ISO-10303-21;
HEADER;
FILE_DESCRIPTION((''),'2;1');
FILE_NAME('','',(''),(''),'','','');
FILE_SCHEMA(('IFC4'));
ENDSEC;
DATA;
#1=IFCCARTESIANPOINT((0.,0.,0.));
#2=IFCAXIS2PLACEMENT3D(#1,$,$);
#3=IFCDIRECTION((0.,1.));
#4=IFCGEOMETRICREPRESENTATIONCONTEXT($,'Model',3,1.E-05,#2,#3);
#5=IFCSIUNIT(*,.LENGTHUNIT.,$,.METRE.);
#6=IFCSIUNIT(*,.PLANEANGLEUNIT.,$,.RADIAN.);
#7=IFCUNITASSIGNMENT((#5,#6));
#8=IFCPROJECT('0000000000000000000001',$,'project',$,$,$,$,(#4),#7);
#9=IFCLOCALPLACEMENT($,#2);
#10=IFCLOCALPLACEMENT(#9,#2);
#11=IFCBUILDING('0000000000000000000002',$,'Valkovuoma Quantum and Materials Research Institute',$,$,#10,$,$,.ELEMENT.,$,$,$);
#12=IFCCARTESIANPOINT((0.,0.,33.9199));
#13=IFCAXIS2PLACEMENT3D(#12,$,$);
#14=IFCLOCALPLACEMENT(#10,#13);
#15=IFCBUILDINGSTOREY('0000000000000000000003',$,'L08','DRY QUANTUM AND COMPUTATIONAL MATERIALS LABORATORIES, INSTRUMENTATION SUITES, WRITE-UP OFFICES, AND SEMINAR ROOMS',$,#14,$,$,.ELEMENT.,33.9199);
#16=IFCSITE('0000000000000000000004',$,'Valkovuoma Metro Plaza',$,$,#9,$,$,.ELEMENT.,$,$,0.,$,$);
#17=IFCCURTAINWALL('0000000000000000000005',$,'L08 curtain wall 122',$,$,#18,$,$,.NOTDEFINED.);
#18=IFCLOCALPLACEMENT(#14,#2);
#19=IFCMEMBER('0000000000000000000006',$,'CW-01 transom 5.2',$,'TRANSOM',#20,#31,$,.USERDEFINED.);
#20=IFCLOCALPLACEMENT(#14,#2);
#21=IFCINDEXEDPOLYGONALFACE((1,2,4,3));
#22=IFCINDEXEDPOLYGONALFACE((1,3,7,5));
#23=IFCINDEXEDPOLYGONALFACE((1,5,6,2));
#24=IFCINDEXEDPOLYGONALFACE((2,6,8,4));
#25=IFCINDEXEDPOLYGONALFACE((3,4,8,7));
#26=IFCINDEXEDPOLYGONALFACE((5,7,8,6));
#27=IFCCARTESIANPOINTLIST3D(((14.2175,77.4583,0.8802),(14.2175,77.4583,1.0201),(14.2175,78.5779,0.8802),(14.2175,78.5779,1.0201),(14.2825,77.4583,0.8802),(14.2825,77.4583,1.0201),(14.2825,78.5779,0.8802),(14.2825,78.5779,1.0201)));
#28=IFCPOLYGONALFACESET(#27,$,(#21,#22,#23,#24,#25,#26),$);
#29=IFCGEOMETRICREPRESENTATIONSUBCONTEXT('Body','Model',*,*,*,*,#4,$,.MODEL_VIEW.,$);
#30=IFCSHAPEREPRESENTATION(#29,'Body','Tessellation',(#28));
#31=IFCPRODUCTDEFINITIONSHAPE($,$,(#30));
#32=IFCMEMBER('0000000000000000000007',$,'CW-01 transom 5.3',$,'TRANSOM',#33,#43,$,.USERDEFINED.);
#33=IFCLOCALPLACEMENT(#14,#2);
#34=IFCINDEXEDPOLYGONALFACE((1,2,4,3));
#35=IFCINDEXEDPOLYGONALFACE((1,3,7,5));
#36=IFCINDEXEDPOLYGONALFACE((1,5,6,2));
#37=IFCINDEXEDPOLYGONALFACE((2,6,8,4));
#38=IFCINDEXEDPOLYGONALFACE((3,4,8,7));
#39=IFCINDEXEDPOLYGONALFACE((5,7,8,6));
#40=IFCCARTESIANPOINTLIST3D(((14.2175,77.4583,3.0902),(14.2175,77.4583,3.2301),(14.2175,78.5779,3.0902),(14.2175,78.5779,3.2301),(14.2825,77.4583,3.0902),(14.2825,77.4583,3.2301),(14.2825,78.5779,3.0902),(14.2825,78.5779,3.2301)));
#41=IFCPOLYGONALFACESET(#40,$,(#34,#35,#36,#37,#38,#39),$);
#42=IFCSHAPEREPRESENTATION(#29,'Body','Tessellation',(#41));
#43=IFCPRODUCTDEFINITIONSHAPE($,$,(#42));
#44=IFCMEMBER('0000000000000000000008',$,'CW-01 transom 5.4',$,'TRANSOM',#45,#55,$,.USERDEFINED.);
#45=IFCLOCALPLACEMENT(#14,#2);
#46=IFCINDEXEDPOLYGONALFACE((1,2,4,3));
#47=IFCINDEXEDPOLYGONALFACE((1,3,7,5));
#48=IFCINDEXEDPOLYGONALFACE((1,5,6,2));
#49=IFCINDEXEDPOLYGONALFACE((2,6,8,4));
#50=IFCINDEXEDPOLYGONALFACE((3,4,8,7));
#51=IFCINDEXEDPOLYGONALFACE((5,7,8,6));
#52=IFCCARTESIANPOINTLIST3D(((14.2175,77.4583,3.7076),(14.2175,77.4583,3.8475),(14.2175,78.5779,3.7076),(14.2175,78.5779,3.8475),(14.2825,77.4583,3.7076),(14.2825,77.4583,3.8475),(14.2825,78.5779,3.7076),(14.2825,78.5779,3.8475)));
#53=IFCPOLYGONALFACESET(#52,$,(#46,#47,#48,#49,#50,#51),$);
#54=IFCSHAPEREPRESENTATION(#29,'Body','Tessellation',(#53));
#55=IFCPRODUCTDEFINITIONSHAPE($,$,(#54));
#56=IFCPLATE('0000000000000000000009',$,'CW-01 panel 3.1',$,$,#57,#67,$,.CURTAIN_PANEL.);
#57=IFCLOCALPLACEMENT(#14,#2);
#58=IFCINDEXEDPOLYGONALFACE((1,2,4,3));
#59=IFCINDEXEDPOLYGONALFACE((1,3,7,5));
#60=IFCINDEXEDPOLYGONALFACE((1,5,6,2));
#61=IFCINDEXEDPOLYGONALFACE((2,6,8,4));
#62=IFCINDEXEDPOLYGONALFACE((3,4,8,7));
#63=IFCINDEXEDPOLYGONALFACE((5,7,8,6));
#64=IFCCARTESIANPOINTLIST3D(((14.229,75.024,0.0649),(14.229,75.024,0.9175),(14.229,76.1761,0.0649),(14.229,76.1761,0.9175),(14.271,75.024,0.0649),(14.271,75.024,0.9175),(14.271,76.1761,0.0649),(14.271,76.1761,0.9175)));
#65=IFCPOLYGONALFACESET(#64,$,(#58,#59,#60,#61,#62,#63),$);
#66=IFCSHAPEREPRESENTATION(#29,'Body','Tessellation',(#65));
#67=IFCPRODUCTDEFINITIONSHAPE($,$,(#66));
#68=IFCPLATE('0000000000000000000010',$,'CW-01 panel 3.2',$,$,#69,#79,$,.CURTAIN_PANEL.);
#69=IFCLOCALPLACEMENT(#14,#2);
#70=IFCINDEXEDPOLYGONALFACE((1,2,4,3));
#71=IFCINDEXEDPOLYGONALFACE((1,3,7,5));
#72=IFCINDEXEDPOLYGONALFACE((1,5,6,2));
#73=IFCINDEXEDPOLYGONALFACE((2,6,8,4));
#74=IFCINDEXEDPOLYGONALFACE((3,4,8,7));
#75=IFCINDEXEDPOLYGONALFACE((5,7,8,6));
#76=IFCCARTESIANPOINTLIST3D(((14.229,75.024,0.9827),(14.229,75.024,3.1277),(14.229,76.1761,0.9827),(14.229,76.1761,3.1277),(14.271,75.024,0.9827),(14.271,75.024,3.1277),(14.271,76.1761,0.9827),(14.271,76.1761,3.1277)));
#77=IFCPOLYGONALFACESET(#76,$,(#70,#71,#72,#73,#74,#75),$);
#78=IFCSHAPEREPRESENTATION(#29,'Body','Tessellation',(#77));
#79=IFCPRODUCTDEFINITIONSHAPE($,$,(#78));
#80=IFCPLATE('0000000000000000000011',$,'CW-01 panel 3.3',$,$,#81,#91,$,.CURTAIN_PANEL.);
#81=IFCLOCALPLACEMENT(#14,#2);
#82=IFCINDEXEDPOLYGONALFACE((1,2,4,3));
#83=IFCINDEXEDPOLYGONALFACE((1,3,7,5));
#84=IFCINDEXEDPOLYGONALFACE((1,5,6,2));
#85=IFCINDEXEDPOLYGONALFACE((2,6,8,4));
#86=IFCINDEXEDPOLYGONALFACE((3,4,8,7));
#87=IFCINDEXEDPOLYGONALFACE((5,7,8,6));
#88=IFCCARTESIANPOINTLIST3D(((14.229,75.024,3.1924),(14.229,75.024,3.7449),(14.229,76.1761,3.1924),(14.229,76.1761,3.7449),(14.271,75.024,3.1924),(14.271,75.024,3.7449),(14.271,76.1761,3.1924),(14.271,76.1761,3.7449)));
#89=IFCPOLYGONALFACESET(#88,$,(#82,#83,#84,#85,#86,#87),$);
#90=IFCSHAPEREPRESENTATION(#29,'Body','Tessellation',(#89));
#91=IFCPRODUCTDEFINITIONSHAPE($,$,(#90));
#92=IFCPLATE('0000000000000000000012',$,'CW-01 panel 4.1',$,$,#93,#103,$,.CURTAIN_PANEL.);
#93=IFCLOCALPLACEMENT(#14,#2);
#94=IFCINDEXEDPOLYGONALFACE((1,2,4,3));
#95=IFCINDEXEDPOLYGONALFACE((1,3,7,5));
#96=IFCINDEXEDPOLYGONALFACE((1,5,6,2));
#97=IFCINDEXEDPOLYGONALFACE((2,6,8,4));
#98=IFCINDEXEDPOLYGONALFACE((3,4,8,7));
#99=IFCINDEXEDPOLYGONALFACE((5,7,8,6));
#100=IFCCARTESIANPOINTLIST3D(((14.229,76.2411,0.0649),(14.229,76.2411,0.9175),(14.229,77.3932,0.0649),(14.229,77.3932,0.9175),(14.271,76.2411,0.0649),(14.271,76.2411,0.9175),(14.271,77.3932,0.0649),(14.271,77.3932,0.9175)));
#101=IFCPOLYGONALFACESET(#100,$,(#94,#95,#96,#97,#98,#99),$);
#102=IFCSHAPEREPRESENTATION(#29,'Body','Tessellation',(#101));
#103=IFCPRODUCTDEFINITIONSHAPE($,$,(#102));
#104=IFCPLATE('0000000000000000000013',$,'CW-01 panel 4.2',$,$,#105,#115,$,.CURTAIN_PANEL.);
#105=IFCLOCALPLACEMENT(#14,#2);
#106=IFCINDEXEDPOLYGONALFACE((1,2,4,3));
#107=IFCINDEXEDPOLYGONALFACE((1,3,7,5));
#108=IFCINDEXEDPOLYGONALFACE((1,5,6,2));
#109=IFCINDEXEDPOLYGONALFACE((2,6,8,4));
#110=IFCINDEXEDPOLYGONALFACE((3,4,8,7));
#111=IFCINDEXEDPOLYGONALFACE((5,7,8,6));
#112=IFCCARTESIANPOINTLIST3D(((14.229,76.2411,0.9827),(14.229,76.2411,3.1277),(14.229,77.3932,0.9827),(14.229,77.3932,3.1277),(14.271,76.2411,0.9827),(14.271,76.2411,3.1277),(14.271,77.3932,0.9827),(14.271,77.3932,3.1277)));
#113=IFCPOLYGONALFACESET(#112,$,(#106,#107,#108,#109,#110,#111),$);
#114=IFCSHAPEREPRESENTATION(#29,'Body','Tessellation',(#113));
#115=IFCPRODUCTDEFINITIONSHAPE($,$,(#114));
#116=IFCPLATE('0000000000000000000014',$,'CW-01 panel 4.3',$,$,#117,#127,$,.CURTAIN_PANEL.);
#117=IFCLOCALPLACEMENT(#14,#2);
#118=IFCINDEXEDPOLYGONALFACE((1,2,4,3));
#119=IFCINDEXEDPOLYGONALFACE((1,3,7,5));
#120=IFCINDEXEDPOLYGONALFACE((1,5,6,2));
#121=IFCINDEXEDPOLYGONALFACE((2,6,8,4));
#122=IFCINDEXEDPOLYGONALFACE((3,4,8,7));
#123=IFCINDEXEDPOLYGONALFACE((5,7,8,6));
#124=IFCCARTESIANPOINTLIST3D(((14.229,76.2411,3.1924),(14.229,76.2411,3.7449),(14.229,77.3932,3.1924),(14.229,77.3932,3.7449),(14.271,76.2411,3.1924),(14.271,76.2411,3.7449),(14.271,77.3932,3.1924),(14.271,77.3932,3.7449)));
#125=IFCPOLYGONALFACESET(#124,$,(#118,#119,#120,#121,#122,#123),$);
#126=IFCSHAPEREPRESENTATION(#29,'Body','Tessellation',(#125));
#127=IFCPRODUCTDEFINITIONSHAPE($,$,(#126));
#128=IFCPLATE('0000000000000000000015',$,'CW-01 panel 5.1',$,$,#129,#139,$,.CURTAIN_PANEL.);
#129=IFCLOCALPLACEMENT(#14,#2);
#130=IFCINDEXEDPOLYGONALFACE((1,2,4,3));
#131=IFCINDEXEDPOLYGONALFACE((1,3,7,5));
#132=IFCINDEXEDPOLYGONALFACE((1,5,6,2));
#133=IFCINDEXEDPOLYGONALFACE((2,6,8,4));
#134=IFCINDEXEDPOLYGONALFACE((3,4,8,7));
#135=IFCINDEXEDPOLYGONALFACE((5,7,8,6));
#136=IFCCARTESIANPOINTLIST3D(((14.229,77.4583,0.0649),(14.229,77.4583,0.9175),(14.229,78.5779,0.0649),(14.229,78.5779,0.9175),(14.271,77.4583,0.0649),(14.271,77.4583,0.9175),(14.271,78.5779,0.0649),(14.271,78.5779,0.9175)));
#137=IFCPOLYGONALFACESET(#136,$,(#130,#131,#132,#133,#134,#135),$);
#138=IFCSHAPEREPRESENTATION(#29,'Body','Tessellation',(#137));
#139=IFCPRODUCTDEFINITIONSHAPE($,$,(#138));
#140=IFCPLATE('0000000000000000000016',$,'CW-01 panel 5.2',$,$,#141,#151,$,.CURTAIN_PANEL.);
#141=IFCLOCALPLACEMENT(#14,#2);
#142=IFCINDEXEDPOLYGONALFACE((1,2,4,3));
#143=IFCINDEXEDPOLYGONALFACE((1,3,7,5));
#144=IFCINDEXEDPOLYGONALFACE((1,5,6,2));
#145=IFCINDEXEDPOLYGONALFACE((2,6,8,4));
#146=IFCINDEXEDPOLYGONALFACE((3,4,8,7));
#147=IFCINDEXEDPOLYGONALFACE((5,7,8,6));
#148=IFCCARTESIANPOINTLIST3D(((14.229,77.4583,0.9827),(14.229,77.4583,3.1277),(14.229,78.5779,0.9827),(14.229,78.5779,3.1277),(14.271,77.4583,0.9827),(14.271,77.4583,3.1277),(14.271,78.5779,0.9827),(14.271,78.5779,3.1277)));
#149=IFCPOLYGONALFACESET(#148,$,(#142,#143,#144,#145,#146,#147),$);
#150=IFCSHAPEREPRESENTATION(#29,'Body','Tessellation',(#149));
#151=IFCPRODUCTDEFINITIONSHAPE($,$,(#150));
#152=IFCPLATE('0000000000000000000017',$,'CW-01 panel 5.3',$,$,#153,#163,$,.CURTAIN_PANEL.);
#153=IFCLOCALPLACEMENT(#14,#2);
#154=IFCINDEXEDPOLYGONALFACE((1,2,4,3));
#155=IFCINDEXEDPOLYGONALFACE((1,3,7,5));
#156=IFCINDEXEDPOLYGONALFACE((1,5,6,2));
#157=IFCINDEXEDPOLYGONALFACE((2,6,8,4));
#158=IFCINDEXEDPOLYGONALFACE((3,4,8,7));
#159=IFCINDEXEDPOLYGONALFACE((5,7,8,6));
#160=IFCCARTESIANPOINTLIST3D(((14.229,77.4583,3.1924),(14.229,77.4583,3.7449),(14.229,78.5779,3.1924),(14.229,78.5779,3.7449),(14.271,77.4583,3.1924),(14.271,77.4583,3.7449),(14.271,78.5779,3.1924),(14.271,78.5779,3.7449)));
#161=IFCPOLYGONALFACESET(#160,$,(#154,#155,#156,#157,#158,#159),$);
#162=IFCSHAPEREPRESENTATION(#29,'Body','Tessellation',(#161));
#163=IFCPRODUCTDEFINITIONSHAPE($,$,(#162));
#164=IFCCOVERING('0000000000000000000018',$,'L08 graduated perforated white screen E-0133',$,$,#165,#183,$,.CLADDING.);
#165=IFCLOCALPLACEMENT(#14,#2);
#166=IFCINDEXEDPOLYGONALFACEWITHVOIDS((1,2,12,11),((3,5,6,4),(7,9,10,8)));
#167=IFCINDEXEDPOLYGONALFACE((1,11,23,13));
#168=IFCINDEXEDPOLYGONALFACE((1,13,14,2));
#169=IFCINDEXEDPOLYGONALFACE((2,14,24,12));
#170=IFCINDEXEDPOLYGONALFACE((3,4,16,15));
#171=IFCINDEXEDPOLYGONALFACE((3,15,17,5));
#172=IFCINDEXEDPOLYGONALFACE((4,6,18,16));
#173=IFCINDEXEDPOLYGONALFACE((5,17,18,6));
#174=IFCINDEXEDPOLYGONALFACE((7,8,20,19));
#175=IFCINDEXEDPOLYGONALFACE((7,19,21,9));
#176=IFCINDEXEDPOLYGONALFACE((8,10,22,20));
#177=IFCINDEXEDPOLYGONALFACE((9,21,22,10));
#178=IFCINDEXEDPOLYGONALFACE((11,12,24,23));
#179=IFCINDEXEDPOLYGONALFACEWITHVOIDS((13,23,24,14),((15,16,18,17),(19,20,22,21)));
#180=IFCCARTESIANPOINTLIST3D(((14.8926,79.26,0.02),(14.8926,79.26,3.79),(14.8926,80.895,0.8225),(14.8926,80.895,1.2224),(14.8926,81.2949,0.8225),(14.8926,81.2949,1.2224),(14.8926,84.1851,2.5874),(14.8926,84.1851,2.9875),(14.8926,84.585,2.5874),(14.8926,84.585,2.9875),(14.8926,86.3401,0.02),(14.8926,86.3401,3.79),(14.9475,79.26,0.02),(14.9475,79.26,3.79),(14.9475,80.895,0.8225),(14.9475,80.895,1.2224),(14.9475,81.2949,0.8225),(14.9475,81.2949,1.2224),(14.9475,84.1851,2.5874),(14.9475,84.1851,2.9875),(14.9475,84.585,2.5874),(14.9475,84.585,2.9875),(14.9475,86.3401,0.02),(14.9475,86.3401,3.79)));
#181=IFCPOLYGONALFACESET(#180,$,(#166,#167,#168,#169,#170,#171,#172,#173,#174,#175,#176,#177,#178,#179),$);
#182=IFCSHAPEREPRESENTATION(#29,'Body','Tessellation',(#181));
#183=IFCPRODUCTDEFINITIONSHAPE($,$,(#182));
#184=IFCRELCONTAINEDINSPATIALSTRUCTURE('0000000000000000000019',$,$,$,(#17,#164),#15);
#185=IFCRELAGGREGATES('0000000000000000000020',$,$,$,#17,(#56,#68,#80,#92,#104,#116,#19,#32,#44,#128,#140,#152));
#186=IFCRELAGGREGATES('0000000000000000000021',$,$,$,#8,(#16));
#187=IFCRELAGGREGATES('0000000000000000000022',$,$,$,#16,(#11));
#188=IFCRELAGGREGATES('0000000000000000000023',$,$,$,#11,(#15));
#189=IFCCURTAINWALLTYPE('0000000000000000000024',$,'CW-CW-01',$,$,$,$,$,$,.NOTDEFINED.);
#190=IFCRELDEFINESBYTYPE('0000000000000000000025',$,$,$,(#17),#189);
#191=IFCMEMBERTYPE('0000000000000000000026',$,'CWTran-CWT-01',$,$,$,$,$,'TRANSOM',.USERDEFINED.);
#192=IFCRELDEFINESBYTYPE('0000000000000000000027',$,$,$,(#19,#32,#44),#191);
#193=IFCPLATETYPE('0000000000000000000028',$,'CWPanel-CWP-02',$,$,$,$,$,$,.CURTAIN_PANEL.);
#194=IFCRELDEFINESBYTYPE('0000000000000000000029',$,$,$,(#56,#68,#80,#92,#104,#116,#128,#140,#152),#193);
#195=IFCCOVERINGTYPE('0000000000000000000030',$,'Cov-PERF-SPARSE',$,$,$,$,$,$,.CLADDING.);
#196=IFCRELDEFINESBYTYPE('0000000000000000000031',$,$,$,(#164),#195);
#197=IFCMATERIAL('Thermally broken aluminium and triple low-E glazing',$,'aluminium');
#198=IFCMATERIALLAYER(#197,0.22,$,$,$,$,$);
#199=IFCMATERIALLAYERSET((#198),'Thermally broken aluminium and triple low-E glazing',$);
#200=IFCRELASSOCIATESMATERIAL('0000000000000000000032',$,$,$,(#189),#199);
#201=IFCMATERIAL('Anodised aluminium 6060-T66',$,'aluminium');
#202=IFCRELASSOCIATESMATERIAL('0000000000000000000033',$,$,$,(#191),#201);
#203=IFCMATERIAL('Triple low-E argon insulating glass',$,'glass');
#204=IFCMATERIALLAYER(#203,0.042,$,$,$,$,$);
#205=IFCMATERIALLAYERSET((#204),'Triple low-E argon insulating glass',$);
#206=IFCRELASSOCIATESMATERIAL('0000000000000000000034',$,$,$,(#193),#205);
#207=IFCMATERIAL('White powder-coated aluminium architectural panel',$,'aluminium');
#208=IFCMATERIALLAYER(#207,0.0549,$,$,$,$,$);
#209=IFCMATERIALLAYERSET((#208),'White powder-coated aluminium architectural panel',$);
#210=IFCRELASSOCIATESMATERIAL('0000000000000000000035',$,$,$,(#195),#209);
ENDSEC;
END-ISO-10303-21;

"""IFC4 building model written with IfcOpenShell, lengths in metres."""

from ifc_helpers import new_model, si_unit, direction, frame, origin, origin_2d, place, context, subcontext, project, spatial, polyline, rectangle, outline, extrude, material, layer, layer_set, material_profile, profile_set, type_object, element, aggregate, save


model = new_model("IFC4")

# Units and contexts
model_context = context("Model", 3, precision=1e-05, world=origin(), true_north=direction((0.0, 1.0)))
body_context = subcontext(model_context, "Body", "Model", "MODEL_VIEW")
ifc_project = project(units=[si_unit("LENGTHUNIT", "METRE"), si_unit("PLANEANGLEUNIT", "RADIAN")], contexts=[model_context])

# Site, building, storey
site_placement = place(None, origin())
site = spatial("IfcSite", under=ifc_project, at=site_placement, Name="Valkovuoma Metro Plaza", CompositionType="ELEMENT", RefElevation=0.0)
building_placement = place(site_placement, origin())
building = spatial("IfcBuilding", under=site, at=building_placement, Name="Valkovuoma Quantum and Materials Research Institute", CompositionType="ELEMENT")
storey_placement = place(building_placement, frame((0.0, 0.0, 33.9199)))
storey = spatial("IfcBuildingStorey", under=building, at=storey_placement, Name="L08", Description="DRY QUANTUM AND COMPUTATIONAL MATERIALS LABORATORIES, INSTRUMENTATION SUITES, WRITE-UP OFFICES, AND SEMINAR ROOMS", CompositionType="ELEMENT", Elevation=33.9199)

# Curtain wall
ifc_material_1 = material(Name="Thermally broken aluminium and triple low-E glazing", Category="aluminium")
ifc_layer_1 = layer(ifc_material_1, 0.22)
ifc_layer_set_1 = layer_set([ifc_layer_1], Name="Thermally broken aluminium and triple low-E glazing")
curtain_wall_type = type_object("IfcCurtainWallType", Name="CW-CW-01", PredefinedType="NOTDEFINED", material=ifc_layer_set_1)
curtain_wall_1_placement = place(storey_placement, origin())
curtain_wall_1 = element("IfcCurtainWall", 1, at=curtain_wall_1_placement, inside=storey, type_object=curtain_wall_type, Name="L08 curtain wall 122", PredefinedType="NOTDEFINED")

# Members
ifc_material_2 = material(Name="Anodised aluminium 6060-T66", Category="aluminium")
ifc_material_profile_1 = material_profile(ifc_material_2, rectangle(XDim=0.0649, YDim=0.1399, at=origin_2d()), Name="Anodised aluminium 6060-T66")
ifc_profile_set_1 = profile_set([ifc_material_profile_1], Name="Anodised aluminium 6060-T66")
member_type_1 = type_object("IfcMemberType", Name="CWTran-CWT-01", ElementType="TRANSOM", PredefinedType="USERDEFINED", material=ifc_profile_set_1)
member_1_placement = place(storey_placement, frame((14.25, 77.4583, 0.9502), z_axis=(0.0, 1.0, 0.0), x_axis=(-1.0, 0.0, 0.0)))
member_1 = element("IfcMember", 2, at=member_1_placement, type_object=member_type_1, Name="CW-01 transom 5.2", ObjectType="TRANSOM", PredefinedType="USERDEFINED", context=body_context, shape_type="SweptSolid", body=[
    extrude(rectangle(XDim=0.0649, YDim=0.1399, at=origin_2d()), origin(), (0.0, 0.0, 1.0), 1.1196),
])
member_2_placement = place(storey_placement, frame((14.25, 77.4583, 3.1602), z_axis=(0.0, 1.0, 0.0), x_axis=(-1.0, 0.0, 0.0)))
member_2 = element("IfcMember", 3, at=member_2_placement, type_object=member_type_1, Name="CW-01 transom 5.3", ObjectType="TRANSOM", PredefinedType="USERDEFINED", context=body_context, shape_type="SweptSolid", body=[
    extrude(rectangle(XDim=0.0649, YDim=0.1399, at=origin_2d()), origin(), (0.0, 0.0, 1.0), 1.1196),
])
member_3_placement = place(storey_placement, frame((14.25, 77.4583, 3.7776), z_axis=(0.0, 1.0, 0.0), x_axis=(-1.0, 0.0, 0.0)))
member_3 = element("IfcMember", 4, at=member_3_placement, type_object=member_type_1, Name="CW-01 transom 5.4", ObjectType="TRANSOM", PredefinedType="USERDEFINED", context=body_context, shape_type="SweptSolid", body=[
    extrude(rectangle(XDim=0.0649, YDim=0.1399, at=origin_2d()), origin(), (0.0, 0.0, 1.0), 1.1196),
])

# Plates
ifc_material_3 = material(Name="Triple low-E argon insulating glass", Category="glass")
ifc_layer_2 = layer(ifc_material_3, 0.042)
ifc_layer_set_2 = layer_set([ifc_layer_2], Name="Triple low-E argon insulating glass")
plate_type = type_object("IfcPlateType", Name="CWPanel-CWP-02", PredefinedType="CURTAIN_PANEL", material=ifc_layer_set_2)
plate_1_placement = place(storey_placement, frame((14.25, 75.6001, 0.0649), z_axis=(0.0, 0.0, 1.0), x_axis=(0.0, 1.0, 0.0)))
plate_1 = element("IfcPlate", 5, at=plate_1_placement, type_object=plate_type, Name="CW-01 panel 3.1", PredefinedType="CURTAIN_PANEL", context=body_context, shape_type="SweptSolid", body=[
    extrude(rectangle(XDim=1.1521, YDim=0.042, at=origin_2d()), origin(), (0.0, 0.0, 1.0), 0.8525),
])
plate_2_placement = place(storey_placement, frame((14.25, 75.6001, 0.9827), z_axis=(0.0, 0.0, 1.0), x_axis=(0.0, 1.0, 0.0)))
plate_2 = element("IfcPlate", 6, at=plate_2_placement, type_object=plate_type, Name="CW-01 panel 3.2", PredefinedType="CURTAIN_PANEL", context=body_context, shape_type="SweptSolid", body=[
    extrude(rectangle(XDim=1.1521, YDim=0.042, at=origin_2d()), origin(), (0.0, 0.0, 1.0), 2.145),
])
plate_3_placement = place(storey_placement, frame((14.25, 75.6001, 3.1924), z_axis=(0.0, 0.0, 1.0), x_axis=(0.0, 1.0, 0.0)))
plate_3 = element("IfcPlate", 7, at=plate_3_placement, type_object=plate_type, Name="CW-01 panel 3.3", PredefinedType="CURTAIN_PANEL", context=body_context, shape_type="SweptSolid", body=[
    extrude(rectangle(XDim=1.1521, YDim=0.042, at=origin_2d()), origin(), (0.0, 0.0, 1.0), 0.5525),
])
plate_4_placement = place(storey_placement, frame((14.25, 76.8171, 0.0649), z_axis=(0.0, 0.0, 1.0), x_axis=(0.0, 1.0, 0.0)))
plate_4 = element("IfcPlate", 8, at=plate_4_placement, type_object=plate_type, Name="CW-01 panel 4.1", PredefinedType="CURTAIN_PANEL", context=body_context, shape_type="SweptSolid", body=[
    extrude(rectangle(XDim=1.1521, YDim=0.042, at=origin_2d()), origin(), (0.0, 0.0, 1.0), 0.8525),
])
plate_5_placement = place(storey_placement, frame((14.25, 76.8171, 0.9827), z_axis=(0.0, 0.0, 1.0), x_axis=(0.0, 1.0, 0.0)))
plate_5 = element("IfcPlate", 9, at=plate_5_placement, type_object=plate_type, Name="CW-01 panel 4.2", PredefinedType="CURTAIN_PANEL", context=body_context, shape_type="SweptSolid", body=[
    extrude(rectangle(XDim=1.1521, YDim=0.042, at=origin_2d()), origin(), (0.0, 0.0, 1.0), 2.145),
])
plate_6_placement = place(storey_placement, frame((14.25, 76.8171, 3.1924), z_axis=(0.0, 0.0, 1.0), x_axis=(0.0, 1.0, 0.0)))
plate_6 = element("IfcPlate", 10, at=plate_6_placement, type_object=plate_type, Name="CW-01 panel 4.3", PredefinedType="CURTAIN_PANEL", context=body_context, shape_type="SweptSolid", body=[
    extrude(rectangle(XDim=1.1521, YDim=0.042, at=origin_2d()), origin(), (0.0, 0.0, 1.0), 0.5525),
])
plate_7_placement = place(storey_placement, frame((14.25, 78.0181, 0.0649), z_axis=(0.0, 0.0, 1.0), x_axis=(0.0, 1.0, 0.0)))
plate_7 = element("IfcPlate", 11, at=plate_7_placement, type_object=plate_type, Name="CW-01 panel 5.1", PredefinedType="CURTAIN_PANEL", context=body_context, shape_type="SweptSolid", body=[
    extrude(rectangle(XDim=1.1196, YDim=0.042, at=origin_2d()), origin(), (0.0, 0.0, 1.0), 0.8525),
])
plate_8_placement = place(storey_placement, frame((14.25, 78.0181, 0.9827), z_axis=(0.0, 0.0, 1.0), x_axis=(0.0, 1.0, 0.0)))
plate_8 = element("IfcPlate", 12, at=plate_8_placement, type_object=plate_type, Name="CW-01 panel 5.2", PredefinedType="CURTAIN_PANEL", context=body_context, shape_type="SweptSolid", body=[
    extrude(rectangle(XDim=1.1196, YDim=0.042, at=origin_2d()), origin(), (0.0, 0.0, 1.0), 2.145),
])
plate_9_placement = place(storey_placement, frame((14.25, 78.0181, 3.1924), z_axis=(0.0, 0.0, 1.0), x_axis=(0.0, 1.0, 0.0)))
plate_9 = element("IfcPlate", 13, at=plate_9_placement, type_object=plate_type, Name="CW-01 panel 5.3", PredefinedType="CURTAIN_PANEL", context=body_context, shape_type="SweptSolid", body=[
    extrude(rectangle(XDim=1.1196, YDim=0.042, at=origin_2d()), origin(), (0.0, 0.0, 1.0), 0.5525),
])
aggregate(curtain_wall_1, [plate_1, plate_2, plate_3, plate_4, plate_5, plate_6, member_1, member_2, member_3, plate_7, plate_8, plate_9])

# Covering
ifc_material_4 = material(Name="White powder-coated aluminium architectural panel", Category="aluminium")
ifc_layer_3 = layer(ifc_material_4, 0.0549)
ifc_layer_set_3 = layer_set([ifc_layer_3], Name="White powder-coated aluminium architectural panel")
covering_type = type_object("IfcCoveringType", Name="Cov-PERF-SPARSE", PredefinedType="CLADDING", material=ifc_layer_set_3)
covering_placement = place(storey_placement, frame((14.9199, 79.26, 0.02), z_axis=(0.0, 0.0, 1.0), x_axis=(0.0, 1.0, 0.0)))
element("IfcCovering", 14, at=covering_placement, inside=storey, type_object=covering_type, Name="L08 graduated perforated white screen E-0133", PredefinedType="CLADDING", context=body_context, shape_type="SweptSolid", body=[
    extrude(outline(polyline([(0.0, 0.0), (7.0801, 0.0), (7.0801, 3.77), (0.0, 3.77), (0.0, 0.0)]), holes=[polyline([(1.635, 0.8025), (1.635, 1.2024), (2.0349, 1.2024), (2.0349, 0.8025), (1.635, 0.8025)]), polyline([(4.925, 2.5674), (4.925, 2.9675), (5.325, 2.9675), (5.325, 2.5674), (4.925, 2.5674)])]), frame((0.0, 0.0273, 0.0), z_axis=(0.0, -1.0, 0.0), x_axis=(1.0, 0.0, 0.0)), (0.0, 0.0, 1.0), 0.0549),
])

save(model, "model.ifc")
